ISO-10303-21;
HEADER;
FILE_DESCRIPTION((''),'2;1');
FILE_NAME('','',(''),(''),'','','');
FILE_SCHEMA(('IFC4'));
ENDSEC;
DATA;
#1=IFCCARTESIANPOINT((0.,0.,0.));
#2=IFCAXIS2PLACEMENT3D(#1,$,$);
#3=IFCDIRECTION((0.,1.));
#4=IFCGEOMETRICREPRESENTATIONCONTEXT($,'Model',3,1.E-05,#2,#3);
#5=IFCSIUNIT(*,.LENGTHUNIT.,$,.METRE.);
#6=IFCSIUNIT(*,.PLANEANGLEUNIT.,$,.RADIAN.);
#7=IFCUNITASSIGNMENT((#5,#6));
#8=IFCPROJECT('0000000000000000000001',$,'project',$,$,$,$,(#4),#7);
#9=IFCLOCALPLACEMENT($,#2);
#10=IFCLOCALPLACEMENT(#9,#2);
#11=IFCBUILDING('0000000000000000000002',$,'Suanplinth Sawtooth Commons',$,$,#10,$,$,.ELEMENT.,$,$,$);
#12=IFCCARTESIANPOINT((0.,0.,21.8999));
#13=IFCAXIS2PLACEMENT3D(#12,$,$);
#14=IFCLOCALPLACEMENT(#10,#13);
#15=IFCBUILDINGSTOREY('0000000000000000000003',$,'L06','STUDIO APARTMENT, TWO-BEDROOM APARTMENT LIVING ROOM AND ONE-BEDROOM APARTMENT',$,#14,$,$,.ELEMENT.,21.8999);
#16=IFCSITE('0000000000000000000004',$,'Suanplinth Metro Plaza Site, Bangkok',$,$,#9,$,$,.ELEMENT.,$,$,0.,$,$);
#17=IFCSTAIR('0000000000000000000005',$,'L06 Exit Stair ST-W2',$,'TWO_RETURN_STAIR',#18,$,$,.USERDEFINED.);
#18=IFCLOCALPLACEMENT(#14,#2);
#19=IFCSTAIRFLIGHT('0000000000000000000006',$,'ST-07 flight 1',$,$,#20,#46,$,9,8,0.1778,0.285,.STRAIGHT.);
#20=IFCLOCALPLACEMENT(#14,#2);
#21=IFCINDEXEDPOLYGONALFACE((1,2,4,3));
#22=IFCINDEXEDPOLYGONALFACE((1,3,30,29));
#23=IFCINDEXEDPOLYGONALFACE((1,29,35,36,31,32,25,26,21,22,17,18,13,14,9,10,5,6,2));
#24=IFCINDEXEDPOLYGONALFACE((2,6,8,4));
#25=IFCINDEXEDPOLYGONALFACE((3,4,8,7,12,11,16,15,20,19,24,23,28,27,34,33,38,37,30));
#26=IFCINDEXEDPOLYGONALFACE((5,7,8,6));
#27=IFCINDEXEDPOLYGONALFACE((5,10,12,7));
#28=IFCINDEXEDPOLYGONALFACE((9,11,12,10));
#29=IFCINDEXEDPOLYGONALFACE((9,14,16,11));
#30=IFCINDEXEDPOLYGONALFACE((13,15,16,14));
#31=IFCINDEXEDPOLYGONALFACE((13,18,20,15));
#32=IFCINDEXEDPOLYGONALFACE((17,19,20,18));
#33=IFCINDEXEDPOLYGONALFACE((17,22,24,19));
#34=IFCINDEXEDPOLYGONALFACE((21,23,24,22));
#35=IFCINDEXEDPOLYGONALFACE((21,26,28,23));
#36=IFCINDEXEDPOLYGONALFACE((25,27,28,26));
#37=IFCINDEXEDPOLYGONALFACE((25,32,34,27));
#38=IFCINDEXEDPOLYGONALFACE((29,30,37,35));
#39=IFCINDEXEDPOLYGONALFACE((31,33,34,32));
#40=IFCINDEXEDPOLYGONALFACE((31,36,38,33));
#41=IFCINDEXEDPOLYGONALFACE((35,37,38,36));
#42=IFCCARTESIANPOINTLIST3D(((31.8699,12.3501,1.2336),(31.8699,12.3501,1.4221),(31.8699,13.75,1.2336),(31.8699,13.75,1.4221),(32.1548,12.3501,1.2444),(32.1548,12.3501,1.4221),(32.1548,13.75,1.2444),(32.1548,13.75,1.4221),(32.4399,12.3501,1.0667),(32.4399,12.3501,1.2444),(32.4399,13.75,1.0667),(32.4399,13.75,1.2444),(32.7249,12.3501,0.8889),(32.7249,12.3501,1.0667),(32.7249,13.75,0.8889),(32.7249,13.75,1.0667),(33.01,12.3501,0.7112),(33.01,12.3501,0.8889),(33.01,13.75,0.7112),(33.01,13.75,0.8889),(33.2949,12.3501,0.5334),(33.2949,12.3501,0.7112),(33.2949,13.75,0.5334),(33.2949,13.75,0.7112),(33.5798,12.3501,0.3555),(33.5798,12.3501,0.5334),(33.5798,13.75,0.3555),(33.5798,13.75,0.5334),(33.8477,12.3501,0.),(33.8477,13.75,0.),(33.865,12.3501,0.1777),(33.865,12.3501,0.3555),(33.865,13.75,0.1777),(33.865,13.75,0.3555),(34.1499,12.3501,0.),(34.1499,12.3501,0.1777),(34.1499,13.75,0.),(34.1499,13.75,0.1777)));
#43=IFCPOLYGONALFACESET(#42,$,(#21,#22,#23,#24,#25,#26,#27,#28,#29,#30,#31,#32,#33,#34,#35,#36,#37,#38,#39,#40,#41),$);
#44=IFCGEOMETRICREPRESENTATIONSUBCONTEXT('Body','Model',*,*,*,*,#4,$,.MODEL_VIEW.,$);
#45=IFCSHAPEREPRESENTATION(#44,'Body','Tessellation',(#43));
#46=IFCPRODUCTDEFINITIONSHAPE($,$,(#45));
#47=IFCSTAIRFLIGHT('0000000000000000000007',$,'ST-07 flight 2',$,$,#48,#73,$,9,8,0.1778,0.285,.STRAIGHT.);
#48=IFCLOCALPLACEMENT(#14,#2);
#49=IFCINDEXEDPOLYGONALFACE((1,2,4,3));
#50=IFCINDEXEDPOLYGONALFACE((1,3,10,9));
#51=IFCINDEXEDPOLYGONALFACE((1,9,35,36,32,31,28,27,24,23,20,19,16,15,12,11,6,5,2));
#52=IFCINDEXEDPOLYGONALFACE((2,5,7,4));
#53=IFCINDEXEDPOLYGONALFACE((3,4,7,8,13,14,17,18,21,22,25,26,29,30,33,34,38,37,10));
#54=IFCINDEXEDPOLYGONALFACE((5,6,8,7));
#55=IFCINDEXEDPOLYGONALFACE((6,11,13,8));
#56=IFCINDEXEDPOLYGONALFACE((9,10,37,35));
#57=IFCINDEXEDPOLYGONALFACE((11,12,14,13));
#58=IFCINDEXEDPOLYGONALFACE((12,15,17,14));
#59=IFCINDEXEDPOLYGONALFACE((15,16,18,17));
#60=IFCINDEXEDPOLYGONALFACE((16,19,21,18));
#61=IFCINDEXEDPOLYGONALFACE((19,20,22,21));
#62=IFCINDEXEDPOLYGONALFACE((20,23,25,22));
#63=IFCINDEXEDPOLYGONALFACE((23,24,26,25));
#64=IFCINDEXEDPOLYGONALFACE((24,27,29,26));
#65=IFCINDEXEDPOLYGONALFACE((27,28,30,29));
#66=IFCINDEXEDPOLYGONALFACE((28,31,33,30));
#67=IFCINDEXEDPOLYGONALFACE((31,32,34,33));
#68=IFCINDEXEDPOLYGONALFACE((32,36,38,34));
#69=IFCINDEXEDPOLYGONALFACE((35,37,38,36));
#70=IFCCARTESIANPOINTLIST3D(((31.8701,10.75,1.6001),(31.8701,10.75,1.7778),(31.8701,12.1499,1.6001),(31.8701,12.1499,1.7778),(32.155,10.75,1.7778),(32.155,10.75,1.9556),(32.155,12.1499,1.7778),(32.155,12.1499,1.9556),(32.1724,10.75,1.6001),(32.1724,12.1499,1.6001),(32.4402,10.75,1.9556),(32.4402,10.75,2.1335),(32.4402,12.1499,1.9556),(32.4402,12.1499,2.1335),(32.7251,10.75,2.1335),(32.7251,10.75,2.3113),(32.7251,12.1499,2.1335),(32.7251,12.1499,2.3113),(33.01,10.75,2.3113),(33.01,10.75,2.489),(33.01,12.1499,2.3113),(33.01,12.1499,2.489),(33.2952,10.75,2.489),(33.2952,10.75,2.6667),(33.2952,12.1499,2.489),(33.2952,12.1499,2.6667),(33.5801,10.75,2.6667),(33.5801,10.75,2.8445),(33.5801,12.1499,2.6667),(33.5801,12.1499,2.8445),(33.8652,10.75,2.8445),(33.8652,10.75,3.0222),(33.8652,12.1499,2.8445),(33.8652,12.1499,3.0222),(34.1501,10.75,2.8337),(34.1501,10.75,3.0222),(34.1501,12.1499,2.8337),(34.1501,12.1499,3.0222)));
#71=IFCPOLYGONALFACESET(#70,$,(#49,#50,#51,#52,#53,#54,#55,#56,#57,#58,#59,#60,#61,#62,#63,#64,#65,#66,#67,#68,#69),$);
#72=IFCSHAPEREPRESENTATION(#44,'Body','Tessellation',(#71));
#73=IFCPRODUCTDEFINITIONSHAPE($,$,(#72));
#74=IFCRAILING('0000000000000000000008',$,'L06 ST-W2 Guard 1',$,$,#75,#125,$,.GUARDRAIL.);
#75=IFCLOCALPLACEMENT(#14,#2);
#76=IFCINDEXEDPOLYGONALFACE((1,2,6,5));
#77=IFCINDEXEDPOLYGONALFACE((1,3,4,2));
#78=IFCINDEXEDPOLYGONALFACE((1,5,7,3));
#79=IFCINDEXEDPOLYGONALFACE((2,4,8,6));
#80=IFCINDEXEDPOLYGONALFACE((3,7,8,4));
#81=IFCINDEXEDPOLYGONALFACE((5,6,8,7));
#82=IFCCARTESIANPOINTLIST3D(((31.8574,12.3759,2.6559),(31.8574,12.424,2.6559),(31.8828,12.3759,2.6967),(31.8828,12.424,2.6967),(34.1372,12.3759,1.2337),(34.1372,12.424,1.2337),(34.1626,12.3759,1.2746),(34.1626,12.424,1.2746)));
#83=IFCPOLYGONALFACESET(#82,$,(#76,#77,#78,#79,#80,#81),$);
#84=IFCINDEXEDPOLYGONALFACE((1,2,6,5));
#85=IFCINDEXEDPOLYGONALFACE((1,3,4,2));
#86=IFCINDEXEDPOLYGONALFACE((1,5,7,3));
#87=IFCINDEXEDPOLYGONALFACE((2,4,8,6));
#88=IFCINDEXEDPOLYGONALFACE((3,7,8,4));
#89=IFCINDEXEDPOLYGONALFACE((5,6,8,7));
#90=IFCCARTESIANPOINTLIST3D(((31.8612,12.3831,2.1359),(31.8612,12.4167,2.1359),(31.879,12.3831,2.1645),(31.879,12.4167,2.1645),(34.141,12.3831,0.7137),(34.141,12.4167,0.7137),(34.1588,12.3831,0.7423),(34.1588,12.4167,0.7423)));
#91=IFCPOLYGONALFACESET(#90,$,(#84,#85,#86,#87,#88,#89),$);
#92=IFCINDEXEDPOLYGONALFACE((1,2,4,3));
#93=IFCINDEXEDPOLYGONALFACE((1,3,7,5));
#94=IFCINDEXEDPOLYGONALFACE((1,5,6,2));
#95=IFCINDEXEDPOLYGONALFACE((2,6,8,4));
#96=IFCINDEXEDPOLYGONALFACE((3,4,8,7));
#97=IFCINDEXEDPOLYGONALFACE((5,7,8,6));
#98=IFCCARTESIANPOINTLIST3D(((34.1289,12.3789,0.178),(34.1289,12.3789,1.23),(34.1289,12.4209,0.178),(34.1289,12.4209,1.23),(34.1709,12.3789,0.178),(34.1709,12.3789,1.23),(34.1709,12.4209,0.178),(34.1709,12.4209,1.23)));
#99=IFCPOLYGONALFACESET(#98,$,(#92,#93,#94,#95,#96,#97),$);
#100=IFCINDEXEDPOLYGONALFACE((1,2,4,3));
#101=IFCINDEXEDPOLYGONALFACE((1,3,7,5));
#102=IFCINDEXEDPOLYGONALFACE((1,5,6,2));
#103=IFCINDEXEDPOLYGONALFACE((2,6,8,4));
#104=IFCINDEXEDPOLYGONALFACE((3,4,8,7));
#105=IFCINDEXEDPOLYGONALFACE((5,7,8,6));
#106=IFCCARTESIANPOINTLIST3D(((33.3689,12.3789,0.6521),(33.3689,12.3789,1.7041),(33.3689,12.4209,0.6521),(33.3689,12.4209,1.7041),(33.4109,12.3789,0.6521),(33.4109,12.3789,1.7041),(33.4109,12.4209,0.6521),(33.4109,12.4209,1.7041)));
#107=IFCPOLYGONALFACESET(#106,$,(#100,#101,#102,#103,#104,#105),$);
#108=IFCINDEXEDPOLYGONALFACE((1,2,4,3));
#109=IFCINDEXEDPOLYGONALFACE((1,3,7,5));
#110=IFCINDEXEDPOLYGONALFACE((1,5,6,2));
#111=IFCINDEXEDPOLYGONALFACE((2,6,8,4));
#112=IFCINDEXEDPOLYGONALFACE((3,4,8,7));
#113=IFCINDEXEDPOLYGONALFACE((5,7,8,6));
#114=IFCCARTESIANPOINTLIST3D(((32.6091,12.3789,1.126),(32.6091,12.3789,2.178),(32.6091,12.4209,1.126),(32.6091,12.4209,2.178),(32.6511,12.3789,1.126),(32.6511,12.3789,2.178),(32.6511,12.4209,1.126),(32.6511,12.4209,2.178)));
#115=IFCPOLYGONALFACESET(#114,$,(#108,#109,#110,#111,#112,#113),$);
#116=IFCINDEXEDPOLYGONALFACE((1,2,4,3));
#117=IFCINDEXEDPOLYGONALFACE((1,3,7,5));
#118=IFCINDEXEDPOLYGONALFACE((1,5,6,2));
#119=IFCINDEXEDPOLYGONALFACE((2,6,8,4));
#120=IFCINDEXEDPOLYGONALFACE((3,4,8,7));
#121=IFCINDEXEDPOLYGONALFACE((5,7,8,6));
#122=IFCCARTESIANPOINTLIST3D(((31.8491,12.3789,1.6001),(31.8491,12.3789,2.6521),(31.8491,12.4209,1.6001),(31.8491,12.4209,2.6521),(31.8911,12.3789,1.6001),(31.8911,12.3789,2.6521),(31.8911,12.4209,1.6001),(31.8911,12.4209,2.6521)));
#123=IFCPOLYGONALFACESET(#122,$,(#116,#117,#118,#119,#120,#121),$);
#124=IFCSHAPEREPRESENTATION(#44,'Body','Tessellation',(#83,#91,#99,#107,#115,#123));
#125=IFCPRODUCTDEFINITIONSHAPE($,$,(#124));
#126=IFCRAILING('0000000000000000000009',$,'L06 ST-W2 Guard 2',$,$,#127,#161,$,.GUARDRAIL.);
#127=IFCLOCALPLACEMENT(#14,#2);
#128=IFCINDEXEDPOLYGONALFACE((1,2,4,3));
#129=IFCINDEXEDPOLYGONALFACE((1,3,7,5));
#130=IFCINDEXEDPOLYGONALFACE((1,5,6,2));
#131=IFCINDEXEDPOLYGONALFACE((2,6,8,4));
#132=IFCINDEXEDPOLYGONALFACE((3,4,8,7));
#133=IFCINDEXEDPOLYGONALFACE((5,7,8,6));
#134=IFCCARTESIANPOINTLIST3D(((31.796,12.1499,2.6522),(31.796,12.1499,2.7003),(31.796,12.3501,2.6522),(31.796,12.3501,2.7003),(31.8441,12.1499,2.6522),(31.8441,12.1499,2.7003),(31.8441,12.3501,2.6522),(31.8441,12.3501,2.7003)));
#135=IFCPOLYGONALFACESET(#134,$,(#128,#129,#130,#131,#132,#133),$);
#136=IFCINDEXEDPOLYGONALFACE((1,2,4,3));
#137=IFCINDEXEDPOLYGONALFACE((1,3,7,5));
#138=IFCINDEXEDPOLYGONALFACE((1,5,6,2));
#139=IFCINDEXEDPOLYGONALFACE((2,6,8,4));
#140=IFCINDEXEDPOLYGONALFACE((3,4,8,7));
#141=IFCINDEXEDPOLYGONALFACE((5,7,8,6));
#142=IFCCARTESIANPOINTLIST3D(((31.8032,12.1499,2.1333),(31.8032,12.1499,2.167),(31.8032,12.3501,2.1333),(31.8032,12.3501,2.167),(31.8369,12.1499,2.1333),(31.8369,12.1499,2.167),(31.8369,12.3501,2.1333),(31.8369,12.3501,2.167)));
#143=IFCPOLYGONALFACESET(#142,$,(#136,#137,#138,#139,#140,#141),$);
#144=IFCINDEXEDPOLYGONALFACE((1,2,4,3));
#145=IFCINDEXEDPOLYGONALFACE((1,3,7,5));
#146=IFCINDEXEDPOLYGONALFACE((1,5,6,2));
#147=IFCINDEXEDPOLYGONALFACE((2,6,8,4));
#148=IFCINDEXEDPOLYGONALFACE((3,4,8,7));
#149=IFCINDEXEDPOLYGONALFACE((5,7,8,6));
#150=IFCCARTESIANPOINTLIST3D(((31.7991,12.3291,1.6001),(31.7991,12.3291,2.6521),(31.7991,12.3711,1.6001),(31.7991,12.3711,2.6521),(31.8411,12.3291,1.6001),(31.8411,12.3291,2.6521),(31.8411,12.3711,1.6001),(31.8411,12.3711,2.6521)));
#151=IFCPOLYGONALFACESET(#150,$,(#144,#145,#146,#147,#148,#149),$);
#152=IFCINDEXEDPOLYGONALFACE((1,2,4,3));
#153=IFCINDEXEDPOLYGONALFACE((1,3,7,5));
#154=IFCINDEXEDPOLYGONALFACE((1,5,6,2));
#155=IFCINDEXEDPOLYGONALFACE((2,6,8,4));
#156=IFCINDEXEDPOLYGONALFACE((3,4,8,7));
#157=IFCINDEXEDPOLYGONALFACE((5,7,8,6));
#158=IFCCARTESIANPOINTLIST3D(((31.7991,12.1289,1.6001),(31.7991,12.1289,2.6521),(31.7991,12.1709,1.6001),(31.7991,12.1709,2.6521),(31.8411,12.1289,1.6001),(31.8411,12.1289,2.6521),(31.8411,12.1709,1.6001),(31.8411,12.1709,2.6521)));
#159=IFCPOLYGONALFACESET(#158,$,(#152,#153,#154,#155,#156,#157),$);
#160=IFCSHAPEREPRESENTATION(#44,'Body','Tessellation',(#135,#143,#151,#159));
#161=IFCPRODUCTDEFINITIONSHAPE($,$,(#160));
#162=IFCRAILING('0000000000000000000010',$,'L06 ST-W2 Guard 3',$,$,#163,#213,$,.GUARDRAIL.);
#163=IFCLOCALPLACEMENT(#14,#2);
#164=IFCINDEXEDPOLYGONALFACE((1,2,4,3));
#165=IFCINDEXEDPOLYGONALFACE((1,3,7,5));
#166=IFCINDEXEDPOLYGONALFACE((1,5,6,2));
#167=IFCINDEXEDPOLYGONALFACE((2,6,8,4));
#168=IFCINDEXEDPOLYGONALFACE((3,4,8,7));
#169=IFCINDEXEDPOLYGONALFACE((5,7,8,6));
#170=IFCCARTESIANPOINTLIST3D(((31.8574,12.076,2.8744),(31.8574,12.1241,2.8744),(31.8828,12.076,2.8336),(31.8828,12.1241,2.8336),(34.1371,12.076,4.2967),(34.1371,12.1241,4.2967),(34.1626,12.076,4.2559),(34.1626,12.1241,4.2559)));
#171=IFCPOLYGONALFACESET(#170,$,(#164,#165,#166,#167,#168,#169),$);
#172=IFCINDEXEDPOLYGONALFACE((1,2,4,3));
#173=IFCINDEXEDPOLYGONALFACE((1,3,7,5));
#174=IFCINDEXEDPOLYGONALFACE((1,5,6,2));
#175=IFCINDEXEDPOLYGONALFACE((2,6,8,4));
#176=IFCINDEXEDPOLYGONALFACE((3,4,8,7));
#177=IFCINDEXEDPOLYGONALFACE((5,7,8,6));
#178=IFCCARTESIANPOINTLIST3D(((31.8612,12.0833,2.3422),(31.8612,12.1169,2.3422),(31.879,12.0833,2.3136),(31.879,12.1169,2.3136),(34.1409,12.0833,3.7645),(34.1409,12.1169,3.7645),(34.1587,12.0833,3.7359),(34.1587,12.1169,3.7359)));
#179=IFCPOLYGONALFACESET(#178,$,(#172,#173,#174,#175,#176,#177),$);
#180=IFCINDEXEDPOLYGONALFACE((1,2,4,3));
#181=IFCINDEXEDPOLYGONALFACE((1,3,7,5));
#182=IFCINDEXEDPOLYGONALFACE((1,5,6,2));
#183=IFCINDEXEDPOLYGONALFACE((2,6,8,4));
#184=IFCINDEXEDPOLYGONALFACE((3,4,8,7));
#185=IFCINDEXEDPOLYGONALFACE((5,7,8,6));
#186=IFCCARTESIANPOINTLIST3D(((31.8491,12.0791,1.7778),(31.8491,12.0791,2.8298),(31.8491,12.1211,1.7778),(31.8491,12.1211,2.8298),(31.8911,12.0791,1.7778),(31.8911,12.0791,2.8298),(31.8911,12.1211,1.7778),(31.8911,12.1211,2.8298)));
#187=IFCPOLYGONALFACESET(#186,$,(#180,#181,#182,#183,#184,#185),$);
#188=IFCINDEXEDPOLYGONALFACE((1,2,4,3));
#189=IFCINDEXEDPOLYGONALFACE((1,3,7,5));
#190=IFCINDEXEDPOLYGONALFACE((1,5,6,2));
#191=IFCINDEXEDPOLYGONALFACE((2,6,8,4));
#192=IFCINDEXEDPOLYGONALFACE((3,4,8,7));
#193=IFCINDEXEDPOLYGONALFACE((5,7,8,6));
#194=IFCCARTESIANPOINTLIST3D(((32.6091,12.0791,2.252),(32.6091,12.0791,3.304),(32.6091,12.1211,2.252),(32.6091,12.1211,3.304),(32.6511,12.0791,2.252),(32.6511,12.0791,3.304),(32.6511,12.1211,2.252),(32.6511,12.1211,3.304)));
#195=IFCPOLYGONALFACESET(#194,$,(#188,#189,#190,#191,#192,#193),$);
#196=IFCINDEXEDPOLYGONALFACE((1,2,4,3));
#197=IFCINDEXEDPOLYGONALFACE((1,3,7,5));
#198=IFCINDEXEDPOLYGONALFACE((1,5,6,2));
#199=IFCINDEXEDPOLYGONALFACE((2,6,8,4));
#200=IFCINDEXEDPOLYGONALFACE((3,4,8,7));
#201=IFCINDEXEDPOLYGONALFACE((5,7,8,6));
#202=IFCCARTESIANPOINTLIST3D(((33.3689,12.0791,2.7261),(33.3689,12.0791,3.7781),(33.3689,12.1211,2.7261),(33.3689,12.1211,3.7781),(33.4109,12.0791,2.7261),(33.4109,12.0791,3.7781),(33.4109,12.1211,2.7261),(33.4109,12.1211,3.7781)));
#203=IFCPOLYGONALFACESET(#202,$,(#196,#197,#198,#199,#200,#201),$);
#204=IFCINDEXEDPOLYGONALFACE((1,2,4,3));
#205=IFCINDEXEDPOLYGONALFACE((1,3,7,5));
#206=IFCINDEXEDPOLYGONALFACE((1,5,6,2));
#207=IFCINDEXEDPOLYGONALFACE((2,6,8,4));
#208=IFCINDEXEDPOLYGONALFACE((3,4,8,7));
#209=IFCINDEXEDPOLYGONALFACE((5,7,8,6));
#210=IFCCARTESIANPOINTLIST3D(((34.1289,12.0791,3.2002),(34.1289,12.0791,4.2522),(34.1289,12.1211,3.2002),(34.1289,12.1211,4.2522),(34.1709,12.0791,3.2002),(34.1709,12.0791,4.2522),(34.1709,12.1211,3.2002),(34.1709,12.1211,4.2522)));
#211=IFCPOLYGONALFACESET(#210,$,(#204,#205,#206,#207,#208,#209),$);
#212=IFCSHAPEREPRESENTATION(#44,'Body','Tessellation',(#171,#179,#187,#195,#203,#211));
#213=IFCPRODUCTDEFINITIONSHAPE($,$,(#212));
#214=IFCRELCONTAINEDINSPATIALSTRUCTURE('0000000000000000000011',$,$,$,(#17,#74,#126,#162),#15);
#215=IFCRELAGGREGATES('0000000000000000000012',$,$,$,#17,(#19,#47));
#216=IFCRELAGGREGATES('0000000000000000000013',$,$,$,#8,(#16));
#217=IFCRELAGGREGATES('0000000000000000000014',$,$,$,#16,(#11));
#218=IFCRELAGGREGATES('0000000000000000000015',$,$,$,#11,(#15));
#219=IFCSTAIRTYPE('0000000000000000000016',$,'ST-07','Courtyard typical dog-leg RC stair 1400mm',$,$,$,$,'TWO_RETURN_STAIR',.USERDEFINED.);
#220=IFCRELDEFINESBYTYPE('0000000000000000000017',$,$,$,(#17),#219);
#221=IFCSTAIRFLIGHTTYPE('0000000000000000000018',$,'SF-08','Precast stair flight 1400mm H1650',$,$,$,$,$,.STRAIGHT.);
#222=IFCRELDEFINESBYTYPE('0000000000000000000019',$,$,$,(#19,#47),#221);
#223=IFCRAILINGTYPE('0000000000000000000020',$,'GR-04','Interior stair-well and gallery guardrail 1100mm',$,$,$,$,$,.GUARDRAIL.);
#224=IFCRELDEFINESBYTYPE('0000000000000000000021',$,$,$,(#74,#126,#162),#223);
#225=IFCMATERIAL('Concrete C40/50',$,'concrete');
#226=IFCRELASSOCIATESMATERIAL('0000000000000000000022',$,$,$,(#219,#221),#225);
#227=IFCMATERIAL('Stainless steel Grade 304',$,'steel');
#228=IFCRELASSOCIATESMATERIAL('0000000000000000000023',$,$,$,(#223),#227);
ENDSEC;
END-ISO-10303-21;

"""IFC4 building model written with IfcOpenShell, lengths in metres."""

from ifc_helpers import new_model, si_unit, direction, frame, origin, origin_2d, place, context, subcontext, project, spatial, polyline, rectangle, outline, extrude, material, type_object, element, aggregate, save


model = new_model("IFC4")

# Units and contexts
model_context = context("Model", 3, precision=1e-05, world=origin(), true_north=direction((0.0, 1.0)))
body_context = subcontext(model_context, "Body", "Model", "MODEL_VIEW")
ifc_project = project(units=[si_unit("LENGTHUNIT", "METRE"), si_unit("PLANEANGLEUNIT", "RADIAN")], contexts=[model_context])

# Site, building, storey
site_placement = place(None, origin())
site = spatial("IfcSite", under=ifc_project, at=site_placement, Name="Suanplinth Metro Plaza Site, Bangkok", CompositionType="ELEMENT", RefElevation=0.0)
building_placement = place(site_placement, origin())
building = spatial("IfcBuilding", under=site, at=building_placement, Name="Suanplinth Sawtooth Commons", CompositionType="ELEMENT")
storey_placement = place(building_placement, frame((0.0, 0.0, 21.8999)))
storey = spatial("IfcBuildingStorey", under=building, at=storey_placement, Name="L06", Description="STUDIO APARTMENT, TWO-BEDROOM APARTMENT LIVING ROOM AND ONE-BEDROOM APARTMENT", CompositionType="ELEMENT", Elevation=21.8999)

# Shared definitions
ifc_material_1 = material(Name="Concrete C40/50", Category="concrete")

# Stair, stair flights
stair_type = type_object("IfcStairType", Name="ST-07", Description="Courtyard typical dog-leg RC stair 1400mm", ElementType="TWO_RETURN_STAIR", PredefinedType="USERDEFINED", material=ifc_material_1)
stair_placement = place(storey_placement, origin())
stair = element("IfcStair", 1, at=stair_placement, inside=storey, type_object=stair_type, Name="L06 Exit Stair ST-W2", ObjectType="TWO_RETURN_STAIR", PredefinedType="USERDEFINED")
stair_flight_type = type_object("IfcStairFlightType", Name="SF-08", Description="Precast stair flight 1400mm H1650", PredefinedType="STRAIGHT", material=ifc_material_1)
stair_flight_1_placement = place(storey_placement, frame((34.1499, 13.05, 0.0), z_axis=(0.0, 0.0, 1.0), x_axis=(-1.0, 0.0, 0.0)))
stair_flight_1 = element("IfcStairFlight", 2, at=stair_flight_1_placement, type_object=stair_flight_type, Name="ST-07 flight 1", NumberOfRisers=9, NumberOfTreads=8, PredefinedType="STRAIGHT", RiserHeight=0.1778, TreadLength=0.285, context=body_context, shape_type="SweptSolid", body=[
    extrude(outline(polyline([(0.0, 0.0), (0.0, 0.1777), (0.2849, 0.1777), (0.2849, 0.3555), (0.5701, 0.3555), (0.5701, 0.5334), (0.855, 0.5334), (0.855, 0.7112), (1.1399, 0.7112), (1.1399, 0.8889), (1.425, 0.8889), (1.425, 1.0667), (1.71, 1.0667), (1.71, 1.2444), (1.9951, 1.2444), (1.9951, 1.4221), (2.28, 1.4221), (2.28, 1.6001), (2.28, 1.2336), (0.3022, 0.0), (0.0, 0.0)])), frame((0.0, 0.7, 0.0), z_axis=(0.0, -1.0, 0.0), x_axis=(1.0, 0.0, 0.0)), (0.0, 0.0, 1.0), 1.3999),
])
stair_flight_2_placement = place(storey_placement, frame((31.8701, 11.45, 1.6001), z_axis=(0.0, 0.0, 1.0), x_axis=(1.0, 0.0, 0.0)))
stair_flight_2 = element("IfcStairFlight", 3, at=stair_flight_2_placement, type_object=stair_flight_type, Name="ST-07 flight 2", NumberOfRisers=9, NumberOfTreads=8, PredefinedType="STRAIGHT", RiserHeight=0.1778, TreadLength=0.285, context=body_context, shape_type="SweptSolid", body=[
    extrude(outline(polyline([(0.0, 0.0), (0.0, 0.1777), (0.2849, 0.1777), (0.2849, 0.3555), (0.5701, 0.3555), (0.5701, 0.5334), (0.855, 0.5334), (0.855, 0.7112), (1.1399, 0.7112), (1.1399, 0.8889), (1.425, 0.8889), (1.425, 1.0667), (1.71, 1.0667), (1.71, 1.2444), (1.9951, 1.2444), (1.9951, 1.4221), (2.28, 1.4221), (2.28, 1.6001), (2.28, 1.2336), (0.3022, 0.0), (0.0, 0.0)])), frame((0.0, 0.7, 0.0), z_axis=(0.0, -1.0, 0.0), x_axis=(1.0, 0.0, 0.0)), (0.0, 0.0, 1.0), 1.3999),
])
aggregate(stair, [stair_flight_1, stair_flight_2])

# Railings
ifc_material_2 = material(Name="Stainless steel Grade 304", Category="steel")
railing_type_1 = type_object("IfcRailingType", Name="GR-04", Description="Interior stair-well and gallery guardrail 1100mm", PredefinedType="GUARDRAIL", material=ifc_material_2)
railing_1_placement = place(storey_placement, frame((34.1499, 12.3999, 0.178)))
element("IfcRailing", 4, at=railing_1_placement, inside=storey, type_object=railing_type_1, Name="L06 ST-W2 Guard 1", PredefinedType="GUARDRAIL", context=body_context, shape_type="SweptSolid", body=[
    extrude(rectangle(XDim=0.0481, YDim=0.0481, at=origin_2d()), frame((0.0, 0.0, 1.0762), z_axis=(-0.848457, 0.0, 0.529264), x_axis=(0.0, -1.0, 0.0)), (0.0, 0.0, 1.0), 2.687),
    extrude(rectangle(XDim=0.0337, YDim=0.0337, at=origin_2d()), frame((0.0, 0.0, 0.55), z_axis=(-0.848457, 0.0, 0.529264), x_axis=(0.0, -1.0, 0.0)), (0.0, 0.0, 1.0), 2.687),
    extrude(rectangle(XDim=0.042, YDim=0.042, at=origin_2d()), origin(), (0.0, 0.0, 1.0), 1.052),
    extrude(rectangle(XDim=0.042, YDim=0.042, at=origin_2d()), frame((-0.76, 0.0, 0.4741)), (0.0, 0.0, 1.0), 1.052),
    extrude(rectangle(XDim=0.042, YDim=0.042, at=origin_2d()), frame((-1.5198, 0.0, 0.948)), (0.0, 0.0, 1.0), 1.052),
    extrude(rectangle(XDim=0.042, YDim=0.042, at=origin_2d()), frame((-2.2798, 0.0, 1.4221)), (0.0, 0.0, 1.0), 1.052),
])
railing_2_placement = place(storey_placement, frame((31.8201, 12.3501, 1.6001)))
element("IfcRailing", 5, at=railing_2_placement, inside=storey, type_object=railing_type_1, Name="L06 ST-W2 Guard 2", PredefinedType="GUARDRAIL", context=body_context, shape_type="SweptSolid", body=[
    extrude(rectangle(XDim=0.0481, YDim=0.0481, at=origin_2d()), frame((0.0, 0.0, 1.0762), z_axis=(0.0, -1.0, 0.0), x_axis=(1.0, 0.0, 0.0)), (0.0, 0.0, 1.0), 0.2002),
    extrude(rectangle(XDim=0.0337, YDim=0.0337, at=origin_2d()), frame((0.0, 0.0, 0.55), z_axis=(0.0, -1.0, 0.0), x_axis=(1.0, 0.0, 0.0)), (0.0, 0.0, 1.0), 0.2002),
    extrude(rectangle(XDim=0.042, YDim=0.042, at=origin_2d()), origin(), (0.0, 0.0, 1.0), 1.052),
    extrude(rectangle(XDim=0.042, YDim=0.042, at=origin_2d()), frame((0.0, -0.2002, 0.0)), (0.0, 0.0, 1.0), 1.052),
])
railing_3_placement = place(storey_placement, frame((31.8701, 12.1001, 1.7778)))
element("IfcRailing", 6, at=railing_3_placement, inside=storey, type_object=railing_type_1, Name="L06 ST-W2 Guard 3", PredefinedType="GUARDRAIL", context=body_context, shape_type="SweptSolid", body=[
    extrude(rectangle(XDim=0.0481, YDim=0.0481, at=origin_2d()), frame((0.0, 0.0, 1.0762), z_axis=(0.848417, 0.0, 0.529329), x_axis=(0.0, 1.0, 0.0)), (0.0, 0.0, 1.0), 2.687),
    extrude(rectangle(XDim=0.0337, YDim=0.0337, at=origin_2d()), frame((0.0, 0.0, 0.55), z_axis=(0.848417, 0.0, 0.529329), x_axis=(0.0, 1.0, 0.0)), (0.0, 0.0, 1.0), 2.687),
    extrude(rectangle(XDim=0.042, YDim=0.042, at=origin_2d()), origin(), (0.0, 0.0, 1.0), 1.052),
    extrude(rectangle(XDim=0.042, YDim=0.042, at=origin_2d()), frame((0.76, 0.0, 0.4741)), (0.0, 0.0, 1.0), 1.052),
    extrude(rectangle(XDim=0.042, YDim=0.042, at=origin_2d()), frame((1.5198, 0.0, 0.9482)), (0.0, 0.0, 1.0), 1.052),
    extrude(rectangle(XDim=0.042, YDim=0.042, at=origin_2d()), frame((2.2798, 0.0, 1.4224)), (0.0, 0.0, 1.0), 1.052),
])

save(model, "model.ifc")
